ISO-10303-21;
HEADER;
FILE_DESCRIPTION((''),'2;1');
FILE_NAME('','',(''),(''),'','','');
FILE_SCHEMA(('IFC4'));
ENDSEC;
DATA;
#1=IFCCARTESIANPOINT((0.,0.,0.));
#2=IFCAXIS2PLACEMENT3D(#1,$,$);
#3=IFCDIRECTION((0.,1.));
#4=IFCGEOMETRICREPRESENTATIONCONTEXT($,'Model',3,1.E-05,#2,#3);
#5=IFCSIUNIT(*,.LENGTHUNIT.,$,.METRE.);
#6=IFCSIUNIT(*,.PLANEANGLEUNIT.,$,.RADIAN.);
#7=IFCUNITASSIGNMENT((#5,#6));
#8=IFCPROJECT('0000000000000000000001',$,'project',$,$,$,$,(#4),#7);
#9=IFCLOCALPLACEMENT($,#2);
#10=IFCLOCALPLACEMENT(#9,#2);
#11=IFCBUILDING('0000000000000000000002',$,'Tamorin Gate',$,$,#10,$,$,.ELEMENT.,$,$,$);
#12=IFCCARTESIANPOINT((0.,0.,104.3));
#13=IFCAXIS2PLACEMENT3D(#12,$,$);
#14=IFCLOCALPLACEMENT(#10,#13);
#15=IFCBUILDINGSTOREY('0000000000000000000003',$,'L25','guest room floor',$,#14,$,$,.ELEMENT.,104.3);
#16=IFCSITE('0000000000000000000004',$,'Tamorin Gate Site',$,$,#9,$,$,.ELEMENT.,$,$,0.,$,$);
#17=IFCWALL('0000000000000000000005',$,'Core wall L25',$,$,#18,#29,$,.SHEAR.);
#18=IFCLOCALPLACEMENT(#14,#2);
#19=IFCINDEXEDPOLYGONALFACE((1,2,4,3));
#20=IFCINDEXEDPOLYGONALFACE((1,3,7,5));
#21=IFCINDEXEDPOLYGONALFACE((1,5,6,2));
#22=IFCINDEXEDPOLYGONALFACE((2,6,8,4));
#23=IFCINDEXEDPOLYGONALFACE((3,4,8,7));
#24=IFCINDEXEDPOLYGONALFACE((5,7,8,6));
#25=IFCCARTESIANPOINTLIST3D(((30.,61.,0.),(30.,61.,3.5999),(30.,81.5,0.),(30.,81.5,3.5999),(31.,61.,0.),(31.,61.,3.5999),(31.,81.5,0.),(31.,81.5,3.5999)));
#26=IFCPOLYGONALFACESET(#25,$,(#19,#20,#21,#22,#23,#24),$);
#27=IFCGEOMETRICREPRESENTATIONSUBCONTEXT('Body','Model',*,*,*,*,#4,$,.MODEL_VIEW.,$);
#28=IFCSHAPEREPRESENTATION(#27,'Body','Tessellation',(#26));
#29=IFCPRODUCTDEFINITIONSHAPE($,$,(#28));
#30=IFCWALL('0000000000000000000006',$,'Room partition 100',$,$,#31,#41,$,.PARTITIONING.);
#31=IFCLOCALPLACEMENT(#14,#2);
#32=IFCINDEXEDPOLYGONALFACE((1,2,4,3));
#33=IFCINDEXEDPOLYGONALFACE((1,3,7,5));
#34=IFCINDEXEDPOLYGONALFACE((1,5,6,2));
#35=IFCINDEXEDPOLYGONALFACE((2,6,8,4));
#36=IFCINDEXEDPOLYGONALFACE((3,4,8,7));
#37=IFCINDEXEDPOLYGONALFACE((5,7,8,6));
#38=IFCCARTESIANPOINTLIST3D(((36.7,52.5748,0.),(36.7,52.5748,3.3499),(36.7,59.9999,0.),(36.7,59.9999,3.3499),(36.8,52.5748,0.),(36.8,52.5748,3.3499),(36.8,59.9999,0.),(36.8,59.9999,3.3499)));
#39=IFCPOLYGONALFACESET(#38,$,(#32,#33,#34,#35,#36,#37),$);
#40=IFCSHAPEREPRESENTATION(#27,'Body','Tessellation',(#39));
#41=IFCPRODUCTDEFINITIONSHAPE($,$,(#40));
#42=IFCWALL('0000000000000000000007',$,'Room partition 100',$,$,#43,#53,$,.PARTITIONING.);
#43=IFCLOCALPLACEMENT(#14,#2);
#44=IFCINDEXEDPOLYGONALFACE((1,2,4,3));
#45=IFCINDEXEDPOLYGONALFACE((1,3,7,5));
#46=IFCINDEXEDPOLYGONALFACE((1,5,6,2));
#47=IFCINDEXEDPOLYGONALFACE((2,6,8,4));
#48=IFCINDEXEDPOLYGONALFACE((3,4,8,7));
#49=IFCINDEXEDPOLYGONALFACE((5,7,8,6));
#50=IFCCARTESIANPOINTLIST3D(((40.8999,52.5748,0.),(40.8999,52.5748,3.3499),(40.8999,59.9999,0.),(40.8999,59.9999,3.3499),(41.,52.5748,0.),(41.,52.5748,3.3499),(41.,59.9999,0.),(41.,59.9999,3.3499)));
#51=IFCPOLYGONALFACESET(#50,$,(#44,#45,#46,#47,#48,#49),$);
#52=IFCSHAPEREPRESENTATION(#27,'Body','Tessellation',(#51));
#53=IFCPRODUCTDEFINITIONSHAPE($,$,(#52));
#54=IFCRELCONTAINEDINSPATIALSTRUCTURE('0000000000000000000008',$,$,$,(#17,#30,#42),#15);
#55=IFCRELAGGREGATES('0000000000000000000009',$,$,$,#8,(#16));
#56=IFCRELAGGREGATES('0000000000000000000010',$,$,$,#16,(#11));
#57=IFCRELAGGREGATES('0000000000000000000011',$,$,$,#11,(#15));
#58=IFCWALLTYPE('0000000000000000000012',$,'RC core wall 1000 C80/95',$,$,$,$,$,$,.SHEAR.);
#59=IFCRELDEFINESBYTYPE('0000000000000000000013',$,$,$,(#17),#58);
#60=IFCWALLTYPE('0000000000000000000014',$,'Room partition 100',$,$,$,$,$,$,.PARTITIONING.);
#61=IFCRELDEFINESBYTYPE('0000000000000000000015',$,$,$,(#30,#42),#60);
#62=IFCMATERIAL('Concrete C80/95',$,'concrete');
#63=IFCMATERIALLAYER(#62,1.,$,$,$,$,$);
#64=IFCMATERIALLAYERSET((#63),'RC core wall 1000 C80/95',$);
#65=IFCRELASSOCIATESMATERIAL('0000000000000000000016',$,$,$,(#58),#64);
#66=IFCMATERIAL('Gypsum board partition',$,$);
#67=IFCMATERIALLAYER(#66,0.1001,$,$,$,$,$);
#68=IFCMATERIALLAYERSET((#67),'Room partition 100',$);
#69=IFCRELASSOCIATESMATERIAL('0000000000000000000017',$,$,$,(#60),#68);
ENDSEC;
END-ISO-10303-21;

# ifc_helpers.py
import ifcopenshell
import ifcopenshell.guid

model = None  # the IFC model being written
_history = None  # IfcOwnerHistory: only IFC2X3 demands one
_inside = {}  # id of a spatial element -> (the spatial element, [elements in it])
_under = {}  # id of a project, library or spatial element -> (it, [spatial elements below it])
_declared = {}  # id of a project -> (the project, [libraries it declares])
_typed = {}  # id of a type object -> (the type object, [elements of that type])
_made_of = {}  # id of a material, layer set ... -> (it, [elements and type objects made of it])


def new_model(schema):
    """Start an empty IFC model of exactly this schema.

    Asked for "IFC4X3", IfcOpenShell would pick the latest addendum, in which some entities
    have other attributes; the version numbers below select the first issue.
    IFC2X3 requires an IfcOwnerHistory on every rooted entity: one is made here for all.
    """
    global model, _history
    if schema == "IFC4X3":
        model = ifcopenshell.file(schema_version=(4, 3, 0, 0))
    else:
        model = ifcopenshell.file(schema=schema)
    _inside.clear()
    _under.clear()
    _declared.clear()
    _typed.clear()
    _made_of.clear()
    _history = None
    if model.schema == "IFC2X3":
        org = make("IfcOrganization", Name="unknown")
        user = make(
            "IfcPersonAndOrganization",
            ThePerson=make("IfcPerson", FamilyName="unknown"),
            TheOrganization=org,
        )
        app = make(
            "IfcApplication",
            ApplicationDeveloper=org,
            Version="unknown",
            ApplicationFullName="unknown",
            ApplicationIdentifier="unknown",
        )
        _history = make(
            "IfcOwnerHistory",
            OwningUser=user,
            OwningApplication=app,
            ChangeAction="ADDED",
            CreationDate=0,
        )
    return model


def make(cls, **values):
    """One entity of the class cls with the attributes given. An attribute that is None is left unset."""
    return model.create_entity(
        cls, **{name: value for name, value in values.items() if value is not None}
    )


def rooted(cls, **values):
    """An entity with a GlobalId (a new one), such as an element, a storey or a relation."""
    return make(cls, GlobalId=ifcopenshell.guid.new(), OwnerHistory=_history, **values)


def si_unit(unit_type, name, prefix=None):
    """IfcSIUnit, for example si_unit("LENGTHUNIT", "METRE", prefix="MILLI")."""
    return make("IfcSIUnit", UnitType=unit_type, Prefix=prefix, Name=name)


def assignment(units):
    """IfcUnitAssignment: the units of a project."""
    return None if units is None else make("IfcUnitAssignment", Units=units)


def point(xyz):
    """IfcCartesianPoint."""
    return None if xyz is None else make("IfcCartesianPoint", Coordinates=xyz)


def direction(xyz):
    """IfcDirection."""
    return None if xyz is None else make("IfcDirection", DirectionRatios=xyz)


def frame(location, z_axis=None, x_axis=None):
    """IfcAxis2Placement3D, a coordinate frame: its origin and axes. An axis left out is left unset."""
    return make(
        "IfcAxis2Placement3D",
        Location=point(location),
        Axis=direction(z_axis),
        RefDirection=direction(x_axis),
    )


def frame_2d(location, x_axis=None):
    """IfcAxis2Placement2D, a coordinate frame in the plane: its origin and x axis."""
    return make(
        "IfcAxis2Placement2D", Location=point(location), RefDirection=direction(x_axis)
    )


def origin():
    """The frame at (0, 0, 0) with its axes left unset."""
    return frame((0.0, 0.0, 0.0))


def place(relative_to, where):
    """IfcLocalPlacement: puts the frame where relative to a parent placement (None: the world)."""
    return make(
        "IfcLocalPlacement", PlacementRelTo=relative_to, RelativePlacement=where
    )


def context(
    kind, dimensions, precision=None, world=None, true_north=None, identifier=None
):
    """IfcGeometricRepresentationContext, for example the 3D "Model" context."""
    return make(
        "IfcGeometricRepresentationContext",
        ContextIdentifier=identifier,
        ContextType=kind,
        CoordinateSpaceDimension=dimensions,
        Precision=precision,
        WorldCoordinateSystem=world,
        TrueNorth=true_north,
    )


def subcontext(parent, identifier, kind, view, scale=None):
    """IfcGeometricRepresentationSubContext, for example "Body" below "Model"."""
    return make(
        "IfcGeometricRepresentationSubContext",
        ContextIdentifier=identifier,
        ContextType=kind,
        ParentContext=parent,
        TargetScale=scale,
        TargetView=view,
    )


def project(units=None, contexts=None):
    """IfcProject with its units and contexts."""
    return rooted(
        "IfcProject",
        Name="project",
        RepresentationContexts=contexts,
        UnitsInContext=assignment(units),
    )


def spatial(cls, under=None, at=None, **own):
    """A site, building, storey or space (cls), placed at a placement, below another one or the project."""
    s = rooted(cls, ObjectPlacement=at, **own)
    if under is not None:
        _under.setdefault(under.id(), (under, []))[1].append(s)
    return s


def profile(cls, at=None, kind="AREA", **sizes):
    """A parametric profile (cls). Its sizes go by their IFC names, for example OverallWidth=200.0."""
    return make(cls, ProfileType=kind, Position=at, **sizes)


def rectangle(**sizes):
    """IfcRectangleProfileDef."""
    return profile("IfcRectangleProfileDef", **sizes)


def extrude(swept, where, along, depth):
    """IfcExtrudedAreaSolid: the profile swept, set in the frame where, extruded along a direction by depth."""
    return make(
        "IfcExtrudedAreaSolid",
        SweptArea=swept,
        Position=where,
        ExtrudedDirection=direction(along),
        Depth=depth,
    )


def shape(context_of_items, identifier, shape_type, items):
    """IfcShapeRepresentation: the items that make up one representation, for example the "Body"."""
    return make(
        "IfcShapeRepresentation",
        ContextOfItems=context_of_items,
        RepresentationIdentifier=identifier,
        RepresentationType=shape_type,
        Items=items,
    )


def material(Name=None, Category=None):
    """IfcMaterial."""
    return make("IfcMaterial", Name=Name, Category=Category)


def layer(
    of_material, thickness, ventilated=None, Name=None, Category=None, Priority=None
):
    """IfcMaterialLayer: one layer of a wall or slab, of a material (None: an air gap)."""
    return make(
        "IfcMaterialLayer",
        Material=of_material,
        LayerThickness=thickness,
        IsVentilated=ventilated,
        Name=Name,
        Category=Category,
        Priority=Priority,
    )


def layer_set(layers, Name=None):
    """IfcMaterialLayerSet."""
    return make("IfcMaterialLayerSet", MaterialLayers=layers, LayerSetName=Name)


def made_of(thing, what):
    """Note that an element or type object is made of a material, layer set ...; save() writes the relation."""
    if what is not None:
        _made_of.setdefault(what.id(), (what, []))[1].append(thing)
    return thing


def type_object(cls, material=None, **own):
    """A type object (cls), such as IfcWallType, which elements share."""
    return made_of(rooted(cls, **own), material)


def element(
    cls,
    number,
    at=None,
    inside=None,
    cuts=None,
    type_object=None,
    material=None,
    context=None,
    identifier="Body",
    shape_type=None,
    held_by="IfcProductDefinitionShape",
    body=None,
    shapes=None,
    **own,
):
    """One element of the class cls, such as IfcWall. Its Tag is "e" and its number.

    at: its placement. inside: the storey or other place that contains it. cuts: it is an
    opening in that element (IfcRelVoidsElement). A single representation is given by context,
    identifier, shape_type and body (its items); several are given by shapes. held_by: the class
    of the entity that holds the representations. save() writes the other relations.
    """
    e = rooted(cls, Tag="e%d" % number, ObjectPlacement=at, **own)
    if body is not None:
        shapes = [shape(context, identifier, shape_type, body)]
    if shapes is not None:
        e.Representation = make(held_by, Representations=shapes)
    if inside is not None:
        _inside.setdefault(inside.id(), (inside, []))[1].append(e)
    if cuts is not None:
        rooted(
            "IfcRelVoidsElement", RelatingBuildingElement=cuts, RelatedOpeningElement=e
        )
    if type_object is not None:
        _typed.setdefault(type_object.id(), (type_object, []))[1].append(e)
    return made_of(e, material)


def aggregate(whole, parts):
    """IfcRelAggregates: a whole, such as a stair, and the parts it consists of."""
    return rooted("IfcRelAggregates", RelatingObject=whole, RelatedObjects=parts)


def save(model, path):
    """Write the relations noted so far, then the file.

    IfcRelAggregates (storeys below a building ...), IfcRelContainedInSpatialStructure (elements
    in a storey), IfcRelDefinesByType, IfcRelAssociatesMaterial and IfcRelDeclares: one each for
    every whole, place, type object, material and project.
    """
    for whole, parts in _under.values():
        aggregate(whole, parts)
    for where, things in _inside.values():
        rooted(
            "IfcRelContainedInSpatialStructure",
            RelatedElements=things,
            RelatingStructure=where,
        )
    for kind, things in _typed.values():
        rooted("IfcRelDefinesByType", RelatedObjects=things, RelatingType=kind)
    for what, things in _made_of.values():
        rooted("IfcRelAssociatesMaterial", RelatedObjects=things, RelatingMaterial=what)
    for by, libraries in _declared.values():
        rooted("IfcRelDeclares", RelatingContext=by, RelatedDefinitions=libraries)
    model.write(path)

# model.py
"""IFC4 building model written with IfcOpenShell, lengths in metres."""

from ifc_helpers import new_model, si_unit, direction, frame, frame_2d, origin, place, context, subcontext, project, spatial, rectangle, extrude, material, layer, layer_set, type_object, element, save


model = new_model("IFC4")

# Units and contexts
model_context = context("Model", 3, precision=1e-05, world=origin(), true_north=direction((0.0, 1.0)))
body_context = subcontext(model_context, "Body", "Model", "MODEL_VIEW")
ifc_project = project(units=[si_unit("LENGTHUNIT", "METRE"), si_unit("PLANEANGLEUNIT", "RADIAN")], contexts=[model_context])

# Site, building, storey
site_placement = place(None, origin())
site = spatial("IfcSite", under=ifc_project, at=site_placement, Name="Tamorin Gate Site", CompositionType="ELEMENT", RefElevation=0.0)
building_placement = place(site_placement, origin())
building = spatial("IfcBuilding", under=site, at=building_placement, Name="Tamorin Gate", CompositionType="ELEMENT")
storey_placement = place(building_placement, frame((0.0, 0.0, 104.3)))
storey = spatial("IfcBuildingStorey", under=building, at=storey_placement, Name="L25", Description="guest room floor", CompositionType="ELEMENT", Elevation=104.3)

# Shared definitions
ifc_material_1 = material(Name="Concrete C80/95", Category="concrete")

# Shared definitions
ifc_material_2 = material(Name="Gypsum board partition")

# Shared definitions
ifc_layer_1 = layer(ifc_material_1, 1.0)
ifc_layer_set_1 = layer_set([ifc_layer_1], Name="RC core wall 1000 C80/95")
wall_type_1 = type_object("IfcWallType", Name="RC core wall 1000 C80/95", PredefinedType="SHEAR", material=ifc_layer_set_1)

# Walls
wall_1_placement = place(storey_placement, frame((30.5, 61.0, 0.0), z_axis=(0.0, 0.0, 1.0), x_axis=(0.0, 1.0, 0.0)))
element("IfcWall", 1, at=wall_1_placement, inside=storey, type_object=wall_type_1, Name="Core wall L25", PredefinedType="SHEAR", context=body_context, shape_type="SweptSolid", body=[
    extrude(rectangle(XDim=20.5, YDim=1.0, at=frame_2d((10.25, 0.0))), origin(), (0.0, 0.0, 1.0), 3.5999),
])
ifc_layer_2 = layer(ifc_material_2, 0.1001)
ifc_layer_set_2 = layer_set([ifc_layer_2], Name="Room partition 100")
wall_type_2 = type_object("IfcWallType", Name="Room partition 100", PredefinedType="PARTITIONING", material=ifc_layer_set_2)
for number, where, z_axis, x_axis, name in (
    (2, (36.75, 52.575, 0.0), (0.0, 0.0, 1.0), (0.0, 1.0, 0.0), "Room partition 100"),
    (3, (40.95, 52.575, 0.0), (0.0, 0.0, 1.0), (0.0, 1.0, 0.0), "Room partition 100"),
):
    element("IfcWall", number, at=place(storey_placement, frame(where, z_axis=z_axis, x_axis=x_axis)), inside=storey, type_object=wall_type_2, Name=name, PredefinedType="PARTITIONING", context=body_context, shape_type="SweptSolid", body=[
        extrude(rectangle(XDim=7.425, YDim=0.1001, at=frame_2d((3.7124, 0.0))), origin(), (0.0, 0.0, 1.0), 3.3499),
    ])

save(model, "model.ifc")
